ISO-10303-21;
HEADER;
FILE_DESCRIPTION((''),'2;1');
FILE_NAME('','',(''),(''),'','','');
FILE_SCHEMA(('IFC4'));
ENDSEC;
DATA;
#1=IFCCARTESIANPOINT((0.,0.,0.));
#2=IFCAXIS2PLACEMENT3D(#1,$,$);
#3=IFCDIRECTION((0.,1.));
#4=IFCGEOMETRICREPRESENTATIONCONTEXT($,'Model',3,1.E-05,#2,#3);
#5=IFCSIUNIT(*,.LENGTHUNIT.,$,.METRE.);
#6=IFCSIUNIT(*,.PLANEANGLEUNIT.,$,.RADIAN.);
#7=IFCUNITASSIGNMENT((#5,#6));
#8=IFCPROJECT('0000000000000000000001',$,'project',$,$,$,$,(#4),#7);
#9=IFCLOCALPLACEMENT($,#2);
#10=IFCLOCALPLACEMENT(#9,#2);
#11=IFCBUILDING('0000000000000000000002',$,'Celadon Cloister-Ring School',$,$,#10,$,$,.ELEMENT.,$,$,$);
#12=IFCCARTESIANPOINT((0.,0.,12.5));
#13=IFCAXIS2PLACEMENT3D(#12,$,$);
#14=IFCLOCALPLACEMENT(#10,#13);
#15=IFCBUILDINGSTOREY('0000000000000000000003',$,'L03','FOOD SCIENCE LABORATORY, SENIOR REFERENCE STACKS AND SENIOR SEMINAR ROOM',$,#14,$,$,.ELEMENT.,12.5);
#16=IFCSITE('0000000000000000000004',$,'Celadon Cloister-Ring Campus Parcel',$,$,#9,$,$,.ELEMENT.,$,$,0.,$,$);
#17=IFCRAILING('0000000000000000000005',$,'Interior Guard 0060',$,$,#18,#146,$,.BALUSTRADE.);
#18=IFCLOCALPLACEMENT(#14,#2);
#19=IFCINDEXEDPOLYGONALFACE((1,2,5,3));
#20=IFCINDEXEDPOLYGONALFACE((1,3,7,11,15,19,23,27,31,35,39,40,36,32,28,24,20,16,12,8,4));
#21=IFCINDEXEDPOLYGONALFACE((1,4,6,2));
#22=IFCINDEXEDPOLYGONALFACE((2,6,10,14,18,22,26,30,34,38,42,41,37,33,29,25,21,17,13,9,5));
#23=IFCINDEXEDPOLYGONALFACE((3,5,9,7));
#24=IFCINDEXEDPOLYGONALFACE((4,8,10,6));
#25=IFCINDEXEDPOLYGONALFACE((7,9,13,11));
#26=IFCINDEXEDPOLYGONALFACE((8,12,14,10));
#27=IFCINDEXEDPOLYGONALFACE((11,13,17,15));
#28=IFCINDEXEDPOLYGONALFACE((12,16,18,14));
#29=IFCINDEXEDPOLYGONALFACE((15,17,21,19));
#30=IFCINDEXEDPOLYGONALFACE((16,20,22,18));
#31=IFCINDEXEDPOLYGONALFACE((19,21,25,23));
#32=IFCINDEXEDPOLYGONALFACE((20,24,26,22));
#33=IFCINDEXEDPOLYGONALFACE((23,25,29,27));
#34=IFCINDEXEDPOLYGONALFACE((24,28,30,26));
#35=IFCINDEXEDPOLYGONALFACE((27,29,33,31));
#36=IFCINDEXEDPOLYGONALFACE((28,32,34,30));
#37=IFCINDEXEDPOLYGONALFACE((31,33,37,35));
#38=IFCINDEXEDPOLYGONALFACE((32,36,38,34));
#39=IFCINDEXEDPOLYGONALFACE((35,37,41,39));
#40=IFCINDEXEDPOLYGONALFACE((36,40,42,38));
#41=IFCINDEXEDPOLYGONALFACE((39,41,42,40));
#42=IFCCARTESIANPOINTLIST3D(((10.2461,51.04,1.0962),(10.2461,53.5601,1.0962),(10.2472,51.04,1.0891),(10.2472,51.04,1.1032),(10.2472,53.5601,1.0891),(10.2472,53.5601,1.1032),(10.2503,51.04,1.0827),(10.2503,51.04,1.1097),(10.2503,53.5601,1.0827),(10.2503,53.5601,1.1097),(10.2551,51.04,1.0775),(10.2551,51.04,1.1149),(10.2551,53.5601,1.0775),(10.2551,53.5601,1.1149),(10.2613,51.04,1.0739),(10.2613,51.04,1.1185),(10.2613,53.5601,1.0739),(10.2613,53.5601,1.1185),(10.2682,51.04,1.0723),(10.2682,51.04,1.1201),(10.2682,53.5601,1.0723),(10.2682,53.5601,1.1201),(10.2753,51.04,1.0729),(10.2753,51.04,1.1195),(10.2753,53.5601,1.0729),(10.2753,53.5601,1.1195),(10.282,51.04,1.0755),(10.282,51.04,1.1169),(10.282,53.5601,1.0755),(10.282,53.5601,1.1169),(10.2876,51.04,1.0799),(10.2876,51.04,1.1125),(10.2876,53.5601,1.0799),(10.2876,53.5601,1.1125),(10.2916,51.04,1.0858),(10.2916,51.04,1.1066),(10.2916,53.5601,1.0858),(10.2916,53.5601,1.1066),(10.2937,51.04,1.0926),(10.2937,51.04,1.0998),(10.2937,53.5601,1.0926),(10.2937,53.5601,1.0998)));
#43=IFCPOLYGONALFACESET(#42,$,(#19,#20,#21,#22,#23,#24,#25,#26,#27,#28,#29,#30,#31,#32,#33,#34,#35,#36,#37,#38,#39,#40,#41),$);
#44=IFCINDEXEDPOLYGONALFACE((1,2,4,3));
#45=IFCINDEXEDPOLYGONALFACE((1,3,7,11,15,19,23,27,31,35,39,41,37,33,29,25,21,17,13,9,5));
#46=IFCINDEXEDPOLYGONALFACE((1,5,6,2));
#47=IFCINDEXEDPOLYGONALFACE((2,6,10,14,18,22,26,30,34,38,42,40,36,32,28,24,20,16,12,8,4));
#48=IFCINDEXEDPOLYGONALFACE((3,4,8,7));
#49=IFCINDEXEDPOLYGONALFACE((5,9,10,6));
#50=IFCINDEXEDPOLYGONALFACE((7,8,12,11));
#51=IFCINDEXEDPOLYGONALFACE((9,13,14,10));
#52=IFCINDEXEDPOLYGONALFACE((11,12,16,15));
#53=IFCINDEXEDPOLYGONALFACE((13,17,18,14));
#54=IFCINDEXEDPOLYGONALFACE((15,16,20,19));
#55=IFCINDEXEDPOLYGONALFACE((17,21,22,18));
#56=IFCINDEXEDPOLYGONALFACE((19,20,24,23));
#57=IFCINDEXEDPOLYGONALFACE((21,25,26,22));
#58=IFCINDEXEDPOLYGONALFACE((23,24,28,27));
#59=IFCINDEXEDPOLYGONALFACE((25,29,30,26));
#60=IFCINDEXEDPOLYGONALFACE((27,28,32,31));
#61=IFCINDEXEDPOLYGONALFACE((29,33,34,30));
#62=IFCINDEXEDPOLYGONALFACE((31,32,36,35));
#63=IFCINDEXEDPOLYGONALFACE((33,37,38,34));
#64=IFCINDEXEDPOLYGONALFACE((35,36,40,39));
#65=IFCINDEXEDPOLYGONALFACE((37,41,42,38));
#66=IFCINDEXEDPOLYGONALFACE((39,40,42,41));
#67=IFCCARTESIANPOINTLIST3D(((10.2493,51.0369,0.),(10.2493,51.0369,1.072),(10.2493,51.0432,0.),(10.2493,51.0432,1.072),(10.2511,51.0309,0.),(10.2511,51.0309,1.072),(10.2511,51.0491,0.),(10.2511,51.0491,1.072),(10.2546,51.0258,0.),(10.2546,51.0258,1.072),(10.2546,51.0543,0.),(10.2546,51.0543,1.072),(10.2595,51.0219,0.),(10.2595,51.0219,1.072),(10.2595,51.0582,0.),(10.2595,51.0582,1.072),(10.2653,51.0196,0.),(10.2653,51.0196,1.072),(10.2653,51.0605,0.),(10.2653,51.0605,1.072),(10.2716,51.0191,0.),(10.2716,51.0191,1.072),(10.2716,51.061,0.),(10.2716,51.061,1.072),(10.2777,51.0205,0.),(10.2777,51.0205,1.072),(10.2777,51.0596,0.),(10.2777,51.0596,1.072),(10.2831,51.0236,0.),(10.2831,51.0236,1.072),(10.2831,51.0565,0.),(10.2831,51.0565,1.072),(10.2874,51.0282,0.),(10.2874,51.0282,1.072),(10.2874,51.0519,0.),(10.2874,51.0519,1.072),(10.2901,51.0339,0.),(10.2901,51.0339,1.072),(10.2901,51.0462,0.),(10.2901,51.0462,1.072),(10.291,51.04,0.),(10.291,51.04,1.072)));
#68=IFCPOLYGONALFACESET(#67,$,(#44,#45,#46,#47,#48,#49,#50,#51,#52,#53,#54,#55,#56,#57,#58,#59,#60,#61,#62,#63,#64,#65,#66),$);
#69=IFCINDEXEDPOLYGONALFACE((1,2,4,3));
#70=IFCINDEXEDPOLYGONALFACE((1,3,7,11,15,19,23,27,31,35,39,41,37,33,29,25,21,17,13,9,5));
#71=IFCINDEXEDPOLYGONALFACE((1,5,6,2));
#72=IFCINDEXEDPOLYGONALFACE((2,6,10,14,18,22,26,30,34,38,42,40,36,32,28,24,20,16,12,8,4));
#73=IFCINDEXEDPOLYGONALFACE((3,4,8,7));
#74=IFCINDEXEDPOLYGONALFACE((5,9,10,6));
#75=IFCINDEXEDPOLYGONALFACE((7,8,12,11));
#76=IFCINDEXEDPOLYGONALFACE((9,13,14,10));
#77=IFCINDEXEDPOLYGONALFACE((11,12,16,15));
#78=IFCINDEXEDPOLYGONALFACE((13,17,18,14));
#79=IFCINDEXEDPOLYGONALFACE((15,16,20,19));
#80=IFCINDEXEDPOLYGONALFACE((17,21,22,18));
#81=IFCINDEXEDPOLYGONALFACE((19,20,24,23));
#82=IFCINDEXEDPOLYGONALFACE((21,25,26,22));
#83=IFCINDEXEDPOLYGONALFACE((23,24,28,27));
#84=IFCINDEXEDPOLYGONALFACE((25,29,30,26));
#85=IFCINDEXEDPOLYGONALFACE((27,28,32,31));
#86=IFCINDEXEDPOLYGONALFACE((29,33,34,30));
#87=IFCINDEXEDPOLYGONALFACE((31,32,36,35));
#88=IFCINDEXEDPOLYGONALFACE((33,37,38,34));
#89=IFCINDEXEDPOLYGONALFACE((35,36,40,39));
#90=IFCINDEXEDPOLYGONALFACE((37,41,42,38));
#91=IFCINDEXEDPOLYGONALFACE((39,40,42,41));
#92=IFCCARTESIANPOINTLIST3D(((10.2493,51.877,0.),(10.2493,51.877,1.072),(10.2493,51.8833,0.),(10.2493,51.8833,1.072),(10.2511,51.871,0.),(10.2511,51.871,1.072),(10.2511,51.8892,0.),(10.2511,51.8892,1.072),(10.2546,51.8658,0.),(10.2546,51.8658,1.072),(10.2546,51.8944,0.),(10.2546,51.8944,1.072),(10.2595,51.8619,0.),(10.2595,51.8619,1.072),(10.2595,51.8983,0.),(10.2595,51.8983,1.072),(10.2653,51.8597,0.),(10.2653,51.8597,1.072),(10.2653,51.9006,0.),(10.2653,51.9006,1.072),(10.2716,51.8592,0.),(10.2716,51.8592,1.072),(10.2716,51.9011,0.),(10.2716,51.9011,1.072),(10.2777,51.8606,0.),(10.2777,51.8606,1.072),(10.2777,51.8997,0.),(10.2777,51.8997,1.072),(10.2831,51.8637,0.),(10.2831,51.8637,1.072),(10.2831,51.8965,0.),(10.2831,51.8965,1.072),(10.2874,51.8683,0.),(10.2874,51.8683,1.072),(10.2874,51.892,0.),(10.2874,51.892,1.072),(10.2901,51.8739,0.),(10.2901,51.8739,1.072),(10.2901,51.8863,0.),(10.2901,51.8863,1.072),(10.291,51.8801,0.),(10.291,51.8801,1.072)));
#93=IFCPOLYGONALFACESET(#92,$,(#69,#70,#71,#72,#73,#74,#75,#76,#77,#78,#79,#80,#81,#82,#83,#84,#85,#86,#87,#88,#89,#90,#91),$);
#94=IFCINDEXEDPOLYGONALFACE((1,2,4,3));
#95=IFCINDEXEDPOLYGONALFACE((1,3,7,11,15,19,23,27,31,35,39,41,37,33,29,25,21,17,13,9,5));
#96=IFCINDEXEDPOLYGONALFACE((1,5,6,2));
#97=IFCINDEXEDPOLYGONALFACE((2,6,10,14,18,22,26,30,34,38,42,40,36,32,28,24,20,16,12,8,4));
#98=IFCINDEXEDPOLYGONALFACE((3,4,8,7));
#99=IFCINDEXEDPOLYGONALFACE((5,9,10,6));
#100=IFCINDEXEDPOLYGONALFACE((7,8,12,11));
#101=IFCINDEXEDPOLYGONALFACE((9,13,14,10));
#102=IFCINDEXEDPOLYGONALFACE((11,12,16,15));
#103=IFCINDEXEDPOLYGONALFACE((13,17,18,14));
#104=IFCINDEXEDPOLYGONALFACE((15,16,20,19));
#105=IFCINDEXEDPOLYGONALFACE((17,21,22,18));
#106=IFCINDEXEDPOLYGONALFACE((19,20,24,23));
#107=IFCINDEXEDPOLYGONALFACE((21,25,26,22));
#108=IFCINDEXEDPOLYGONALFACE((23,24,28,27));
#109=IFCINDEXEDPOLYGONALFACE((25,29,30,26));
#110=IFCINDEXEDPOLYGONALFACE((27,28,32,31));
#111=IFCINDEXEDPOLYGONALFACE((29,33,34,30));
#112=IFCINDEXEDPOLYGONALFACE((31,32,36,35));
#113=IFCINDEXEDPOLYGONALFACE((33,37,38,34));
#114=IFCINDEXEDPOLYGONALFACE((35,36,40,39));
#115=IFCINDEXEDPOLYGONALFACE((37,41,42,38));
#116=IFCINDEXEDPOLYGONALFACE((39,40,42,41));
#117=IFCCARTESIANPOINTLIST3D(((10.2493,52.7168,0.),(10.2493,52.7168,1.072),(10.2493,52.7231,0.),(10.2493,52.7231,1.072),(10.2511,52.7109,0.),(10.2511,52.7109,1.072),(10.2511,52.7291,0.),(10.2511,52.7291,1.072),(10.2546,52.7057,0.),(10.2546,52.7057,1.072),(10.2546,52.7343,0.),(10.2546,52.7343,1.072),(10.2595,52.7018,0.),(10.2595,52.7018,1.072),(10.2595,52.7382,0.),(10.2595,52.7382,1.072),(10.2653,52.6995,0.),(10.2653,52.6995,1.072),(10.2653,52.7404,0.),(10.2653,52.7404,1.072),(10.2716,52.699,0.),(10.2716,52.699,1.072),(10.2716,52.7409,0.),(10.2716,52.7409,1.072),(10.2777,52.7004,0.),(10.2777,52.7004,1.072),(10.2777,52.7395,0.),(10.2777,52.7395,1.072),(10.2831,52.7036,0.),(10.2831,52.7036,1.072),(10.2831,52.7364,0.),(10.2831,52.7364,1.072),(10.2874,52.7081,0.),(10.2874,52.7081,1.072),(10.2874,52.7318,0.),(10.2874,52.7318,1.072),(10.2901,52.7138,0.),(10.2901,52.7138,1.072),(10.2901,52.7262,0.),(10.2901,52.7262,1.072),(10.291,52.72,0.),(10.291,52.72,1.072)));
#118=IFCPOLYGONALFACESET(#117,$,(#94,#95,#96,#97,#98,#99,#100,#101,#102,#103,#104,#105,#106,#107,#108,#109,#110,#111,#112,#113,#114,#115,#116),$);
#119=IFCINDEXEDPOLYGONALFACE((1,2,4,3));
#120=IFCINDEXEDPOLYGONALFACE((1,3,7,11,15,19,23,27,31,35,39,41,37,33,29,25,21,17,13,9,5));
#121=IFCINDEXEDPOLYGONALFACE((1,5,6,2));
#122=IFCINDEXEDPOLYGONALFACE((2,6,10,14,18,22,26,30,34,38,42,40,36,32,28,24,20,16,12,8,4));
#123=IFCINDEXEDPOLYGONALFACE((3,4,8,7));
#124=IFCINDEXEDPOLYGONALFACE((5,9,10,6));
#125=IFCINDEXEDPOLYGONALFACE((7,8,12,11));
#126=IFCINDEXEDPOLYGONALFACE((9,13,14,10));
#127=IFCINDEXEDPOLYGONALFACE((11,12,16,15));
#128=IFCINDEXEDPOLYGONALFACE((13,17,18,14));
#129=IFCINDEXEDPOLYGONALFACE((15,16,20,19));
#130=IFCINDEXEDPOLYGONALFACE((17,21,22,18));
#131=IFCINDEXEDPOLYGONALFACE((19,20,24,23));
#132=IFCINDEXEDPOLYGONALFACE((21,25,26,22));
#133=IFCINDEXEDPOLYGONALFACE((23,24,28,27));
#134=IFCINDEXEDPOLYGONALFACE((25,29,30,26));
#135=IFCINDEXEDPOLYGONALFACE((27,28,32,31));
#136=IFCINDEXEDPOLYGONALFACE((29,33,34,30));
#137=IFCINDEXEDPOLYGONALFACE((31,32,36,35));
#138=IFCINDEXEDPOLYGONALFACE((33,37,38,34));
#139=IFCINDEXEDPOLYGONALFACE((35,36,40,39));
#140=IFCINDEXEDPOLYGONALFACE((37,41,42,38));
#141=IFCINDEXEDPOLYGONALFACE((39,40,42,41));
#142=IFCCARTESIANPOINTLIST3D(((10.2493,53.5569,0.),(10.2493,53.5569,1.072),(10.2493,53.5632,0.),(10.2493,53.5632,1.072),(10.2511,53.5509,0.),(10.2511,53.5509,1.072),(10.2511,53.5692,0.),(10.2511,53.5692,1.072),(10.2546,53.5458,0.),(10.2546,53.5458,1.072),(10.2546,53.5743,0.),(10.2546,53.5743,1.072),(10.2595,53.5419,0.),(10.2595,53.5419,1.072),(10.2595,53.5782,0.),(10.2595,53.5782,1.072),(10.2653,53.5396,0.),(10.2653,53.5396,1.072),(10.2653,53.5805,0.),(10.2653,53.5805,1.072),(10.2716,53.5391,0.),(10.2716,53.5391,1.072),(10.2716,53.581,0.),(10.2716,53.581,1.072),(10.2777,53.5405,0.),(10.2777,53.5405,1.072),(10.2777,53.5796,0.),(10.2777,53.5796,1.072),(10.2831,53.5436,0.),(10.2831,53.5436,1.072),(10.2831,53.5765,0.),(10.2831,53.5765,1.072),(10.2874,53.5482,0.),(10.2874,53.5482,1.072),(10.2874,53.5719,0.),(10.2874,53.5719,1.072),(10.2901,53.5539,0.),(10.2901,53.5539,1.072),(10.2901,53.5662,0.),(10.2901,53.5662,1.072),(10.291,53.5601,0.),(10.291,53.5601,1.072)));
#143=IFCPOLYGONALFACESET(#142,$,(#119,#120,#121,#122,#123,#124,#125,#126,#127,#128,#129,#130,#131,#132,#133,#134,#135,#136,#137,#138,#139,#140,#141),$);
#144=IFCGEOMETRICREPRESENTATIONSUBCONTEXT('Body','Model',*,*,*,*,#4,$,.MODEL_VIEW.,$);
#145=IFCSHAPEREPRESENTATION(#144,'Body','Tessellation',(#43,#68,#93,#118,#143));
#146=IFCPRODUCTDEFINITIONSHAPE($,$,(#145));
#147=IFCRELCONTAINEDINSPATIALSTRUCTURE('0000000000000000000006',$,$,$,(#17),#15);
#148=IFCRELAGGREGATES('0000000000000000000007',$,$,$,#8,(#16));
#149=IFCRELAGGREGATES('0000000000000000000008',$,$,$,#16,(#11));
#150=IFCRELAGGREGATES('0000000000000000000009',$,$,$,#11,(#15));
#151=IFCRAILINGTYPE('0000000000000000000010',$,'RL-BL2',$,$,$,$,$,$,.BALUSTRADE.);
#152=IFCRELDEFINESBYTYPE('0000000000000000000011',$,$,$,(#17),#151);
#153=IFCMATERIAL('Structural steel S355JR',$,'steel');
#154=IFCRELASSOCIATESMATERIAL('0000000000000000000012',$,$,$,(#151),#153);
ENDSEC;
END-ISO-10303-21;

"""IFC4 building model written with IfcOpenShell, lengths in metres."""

from ifc_helpers import new_model, si_unit, direction, frame, origin, origin_2d, place, context, subcontext, project, spatial, circle, extrude, material, type_object, element, save


model = new_model("IFC4")

# Units and contexts
model_context = context("Model", 3, precision=1e-05, world=origin(), true_north=direction((0.0, 1.0)))
body_context = subcontext(model_context, "Body", "Model", "MODEL_VIEW")
ifc_project = project(units=[si_unit("LENGTHUNIT", "METRE"), si_unit("PLANEANGLEUNIT", "RADIAN")], contexts=[model_context])

# Site, building, storey
site_placement = place(None, origin())
site = spatial("IfcSite", under=ifc_project, at=site_placement, Name="Celadon Cloister-Ring Campus Parcel", CompositionType="ELEMENT", RefElevation=0.0)
building_placement = place(site_placement, origin())
building = spatial("IfcBuilding", under=site, at=building_placement, Name="Celadon Cloister-Ring School", CompositionType="ELEMENT")
storey_placement = place(building_placement, frame((0.0, 0.0, 12.5)))
storey = spatial("IfcBuildingStorey", under=building, at=storey_placement, Name="L03", Description="FOOD SCIENCE LABORATORY, SENIOR REFERENCE STACKS AND SENIOR SEMINAR ROOM", CompositionType="ELEMENT", Elevation=12.5)

# Railing
ifc_material_1 = material(Name="Structural steel S355JR", Category="steel")
railing_type_1 = type_object("IfcRailingType", Name="RL-BL2", PredefinedType="BALUSTRADE", material=ifc_material_1)
railing_1_placement = place(storey_placement, frame((10.27, 51.04, 0.0)))
element("IfcRailing", 1, at=railing_1_placement, inside=storey, type_object=railing_type_1, Name="Interior Guard 0060", PredefinedType="BALUSTRADE", context=body_context, shape_type="SweptSolid", body=[
    extrude(circle(Radius=0.0239, at=origin_2d()), frame((0.0, 0.0, 1.0962), z_axis=(0.0, 1.0, 0.0), x_axis=(-1.0, 0.0, 0.0)), (0.0, 0.0, 1.0), 2.52),
    extrude(circle(Radius=0.021, at=origin_2d()), origin(), (0.0, 0.0, 1.0), 1.072),
    extrude(circle(Radius=0.021, at=origin_2d()), frame((0.0, 0.8401, 0.0)), (0.0, 0.0, 1.0), 1.072),
    extrude(circle(Radius=0.021, at=origin_2d()), frame((0.0, 1.6799, 0.0)), (0.0, 0.0, 1.0), 1.072),
    extrude(circle(Radius=0.021, at=origin_2d()), frame((0.0, 2.52, 0.0)), (0.0, 0.0, 1.0), 1.072),
])

save(model, "model.ifc")
